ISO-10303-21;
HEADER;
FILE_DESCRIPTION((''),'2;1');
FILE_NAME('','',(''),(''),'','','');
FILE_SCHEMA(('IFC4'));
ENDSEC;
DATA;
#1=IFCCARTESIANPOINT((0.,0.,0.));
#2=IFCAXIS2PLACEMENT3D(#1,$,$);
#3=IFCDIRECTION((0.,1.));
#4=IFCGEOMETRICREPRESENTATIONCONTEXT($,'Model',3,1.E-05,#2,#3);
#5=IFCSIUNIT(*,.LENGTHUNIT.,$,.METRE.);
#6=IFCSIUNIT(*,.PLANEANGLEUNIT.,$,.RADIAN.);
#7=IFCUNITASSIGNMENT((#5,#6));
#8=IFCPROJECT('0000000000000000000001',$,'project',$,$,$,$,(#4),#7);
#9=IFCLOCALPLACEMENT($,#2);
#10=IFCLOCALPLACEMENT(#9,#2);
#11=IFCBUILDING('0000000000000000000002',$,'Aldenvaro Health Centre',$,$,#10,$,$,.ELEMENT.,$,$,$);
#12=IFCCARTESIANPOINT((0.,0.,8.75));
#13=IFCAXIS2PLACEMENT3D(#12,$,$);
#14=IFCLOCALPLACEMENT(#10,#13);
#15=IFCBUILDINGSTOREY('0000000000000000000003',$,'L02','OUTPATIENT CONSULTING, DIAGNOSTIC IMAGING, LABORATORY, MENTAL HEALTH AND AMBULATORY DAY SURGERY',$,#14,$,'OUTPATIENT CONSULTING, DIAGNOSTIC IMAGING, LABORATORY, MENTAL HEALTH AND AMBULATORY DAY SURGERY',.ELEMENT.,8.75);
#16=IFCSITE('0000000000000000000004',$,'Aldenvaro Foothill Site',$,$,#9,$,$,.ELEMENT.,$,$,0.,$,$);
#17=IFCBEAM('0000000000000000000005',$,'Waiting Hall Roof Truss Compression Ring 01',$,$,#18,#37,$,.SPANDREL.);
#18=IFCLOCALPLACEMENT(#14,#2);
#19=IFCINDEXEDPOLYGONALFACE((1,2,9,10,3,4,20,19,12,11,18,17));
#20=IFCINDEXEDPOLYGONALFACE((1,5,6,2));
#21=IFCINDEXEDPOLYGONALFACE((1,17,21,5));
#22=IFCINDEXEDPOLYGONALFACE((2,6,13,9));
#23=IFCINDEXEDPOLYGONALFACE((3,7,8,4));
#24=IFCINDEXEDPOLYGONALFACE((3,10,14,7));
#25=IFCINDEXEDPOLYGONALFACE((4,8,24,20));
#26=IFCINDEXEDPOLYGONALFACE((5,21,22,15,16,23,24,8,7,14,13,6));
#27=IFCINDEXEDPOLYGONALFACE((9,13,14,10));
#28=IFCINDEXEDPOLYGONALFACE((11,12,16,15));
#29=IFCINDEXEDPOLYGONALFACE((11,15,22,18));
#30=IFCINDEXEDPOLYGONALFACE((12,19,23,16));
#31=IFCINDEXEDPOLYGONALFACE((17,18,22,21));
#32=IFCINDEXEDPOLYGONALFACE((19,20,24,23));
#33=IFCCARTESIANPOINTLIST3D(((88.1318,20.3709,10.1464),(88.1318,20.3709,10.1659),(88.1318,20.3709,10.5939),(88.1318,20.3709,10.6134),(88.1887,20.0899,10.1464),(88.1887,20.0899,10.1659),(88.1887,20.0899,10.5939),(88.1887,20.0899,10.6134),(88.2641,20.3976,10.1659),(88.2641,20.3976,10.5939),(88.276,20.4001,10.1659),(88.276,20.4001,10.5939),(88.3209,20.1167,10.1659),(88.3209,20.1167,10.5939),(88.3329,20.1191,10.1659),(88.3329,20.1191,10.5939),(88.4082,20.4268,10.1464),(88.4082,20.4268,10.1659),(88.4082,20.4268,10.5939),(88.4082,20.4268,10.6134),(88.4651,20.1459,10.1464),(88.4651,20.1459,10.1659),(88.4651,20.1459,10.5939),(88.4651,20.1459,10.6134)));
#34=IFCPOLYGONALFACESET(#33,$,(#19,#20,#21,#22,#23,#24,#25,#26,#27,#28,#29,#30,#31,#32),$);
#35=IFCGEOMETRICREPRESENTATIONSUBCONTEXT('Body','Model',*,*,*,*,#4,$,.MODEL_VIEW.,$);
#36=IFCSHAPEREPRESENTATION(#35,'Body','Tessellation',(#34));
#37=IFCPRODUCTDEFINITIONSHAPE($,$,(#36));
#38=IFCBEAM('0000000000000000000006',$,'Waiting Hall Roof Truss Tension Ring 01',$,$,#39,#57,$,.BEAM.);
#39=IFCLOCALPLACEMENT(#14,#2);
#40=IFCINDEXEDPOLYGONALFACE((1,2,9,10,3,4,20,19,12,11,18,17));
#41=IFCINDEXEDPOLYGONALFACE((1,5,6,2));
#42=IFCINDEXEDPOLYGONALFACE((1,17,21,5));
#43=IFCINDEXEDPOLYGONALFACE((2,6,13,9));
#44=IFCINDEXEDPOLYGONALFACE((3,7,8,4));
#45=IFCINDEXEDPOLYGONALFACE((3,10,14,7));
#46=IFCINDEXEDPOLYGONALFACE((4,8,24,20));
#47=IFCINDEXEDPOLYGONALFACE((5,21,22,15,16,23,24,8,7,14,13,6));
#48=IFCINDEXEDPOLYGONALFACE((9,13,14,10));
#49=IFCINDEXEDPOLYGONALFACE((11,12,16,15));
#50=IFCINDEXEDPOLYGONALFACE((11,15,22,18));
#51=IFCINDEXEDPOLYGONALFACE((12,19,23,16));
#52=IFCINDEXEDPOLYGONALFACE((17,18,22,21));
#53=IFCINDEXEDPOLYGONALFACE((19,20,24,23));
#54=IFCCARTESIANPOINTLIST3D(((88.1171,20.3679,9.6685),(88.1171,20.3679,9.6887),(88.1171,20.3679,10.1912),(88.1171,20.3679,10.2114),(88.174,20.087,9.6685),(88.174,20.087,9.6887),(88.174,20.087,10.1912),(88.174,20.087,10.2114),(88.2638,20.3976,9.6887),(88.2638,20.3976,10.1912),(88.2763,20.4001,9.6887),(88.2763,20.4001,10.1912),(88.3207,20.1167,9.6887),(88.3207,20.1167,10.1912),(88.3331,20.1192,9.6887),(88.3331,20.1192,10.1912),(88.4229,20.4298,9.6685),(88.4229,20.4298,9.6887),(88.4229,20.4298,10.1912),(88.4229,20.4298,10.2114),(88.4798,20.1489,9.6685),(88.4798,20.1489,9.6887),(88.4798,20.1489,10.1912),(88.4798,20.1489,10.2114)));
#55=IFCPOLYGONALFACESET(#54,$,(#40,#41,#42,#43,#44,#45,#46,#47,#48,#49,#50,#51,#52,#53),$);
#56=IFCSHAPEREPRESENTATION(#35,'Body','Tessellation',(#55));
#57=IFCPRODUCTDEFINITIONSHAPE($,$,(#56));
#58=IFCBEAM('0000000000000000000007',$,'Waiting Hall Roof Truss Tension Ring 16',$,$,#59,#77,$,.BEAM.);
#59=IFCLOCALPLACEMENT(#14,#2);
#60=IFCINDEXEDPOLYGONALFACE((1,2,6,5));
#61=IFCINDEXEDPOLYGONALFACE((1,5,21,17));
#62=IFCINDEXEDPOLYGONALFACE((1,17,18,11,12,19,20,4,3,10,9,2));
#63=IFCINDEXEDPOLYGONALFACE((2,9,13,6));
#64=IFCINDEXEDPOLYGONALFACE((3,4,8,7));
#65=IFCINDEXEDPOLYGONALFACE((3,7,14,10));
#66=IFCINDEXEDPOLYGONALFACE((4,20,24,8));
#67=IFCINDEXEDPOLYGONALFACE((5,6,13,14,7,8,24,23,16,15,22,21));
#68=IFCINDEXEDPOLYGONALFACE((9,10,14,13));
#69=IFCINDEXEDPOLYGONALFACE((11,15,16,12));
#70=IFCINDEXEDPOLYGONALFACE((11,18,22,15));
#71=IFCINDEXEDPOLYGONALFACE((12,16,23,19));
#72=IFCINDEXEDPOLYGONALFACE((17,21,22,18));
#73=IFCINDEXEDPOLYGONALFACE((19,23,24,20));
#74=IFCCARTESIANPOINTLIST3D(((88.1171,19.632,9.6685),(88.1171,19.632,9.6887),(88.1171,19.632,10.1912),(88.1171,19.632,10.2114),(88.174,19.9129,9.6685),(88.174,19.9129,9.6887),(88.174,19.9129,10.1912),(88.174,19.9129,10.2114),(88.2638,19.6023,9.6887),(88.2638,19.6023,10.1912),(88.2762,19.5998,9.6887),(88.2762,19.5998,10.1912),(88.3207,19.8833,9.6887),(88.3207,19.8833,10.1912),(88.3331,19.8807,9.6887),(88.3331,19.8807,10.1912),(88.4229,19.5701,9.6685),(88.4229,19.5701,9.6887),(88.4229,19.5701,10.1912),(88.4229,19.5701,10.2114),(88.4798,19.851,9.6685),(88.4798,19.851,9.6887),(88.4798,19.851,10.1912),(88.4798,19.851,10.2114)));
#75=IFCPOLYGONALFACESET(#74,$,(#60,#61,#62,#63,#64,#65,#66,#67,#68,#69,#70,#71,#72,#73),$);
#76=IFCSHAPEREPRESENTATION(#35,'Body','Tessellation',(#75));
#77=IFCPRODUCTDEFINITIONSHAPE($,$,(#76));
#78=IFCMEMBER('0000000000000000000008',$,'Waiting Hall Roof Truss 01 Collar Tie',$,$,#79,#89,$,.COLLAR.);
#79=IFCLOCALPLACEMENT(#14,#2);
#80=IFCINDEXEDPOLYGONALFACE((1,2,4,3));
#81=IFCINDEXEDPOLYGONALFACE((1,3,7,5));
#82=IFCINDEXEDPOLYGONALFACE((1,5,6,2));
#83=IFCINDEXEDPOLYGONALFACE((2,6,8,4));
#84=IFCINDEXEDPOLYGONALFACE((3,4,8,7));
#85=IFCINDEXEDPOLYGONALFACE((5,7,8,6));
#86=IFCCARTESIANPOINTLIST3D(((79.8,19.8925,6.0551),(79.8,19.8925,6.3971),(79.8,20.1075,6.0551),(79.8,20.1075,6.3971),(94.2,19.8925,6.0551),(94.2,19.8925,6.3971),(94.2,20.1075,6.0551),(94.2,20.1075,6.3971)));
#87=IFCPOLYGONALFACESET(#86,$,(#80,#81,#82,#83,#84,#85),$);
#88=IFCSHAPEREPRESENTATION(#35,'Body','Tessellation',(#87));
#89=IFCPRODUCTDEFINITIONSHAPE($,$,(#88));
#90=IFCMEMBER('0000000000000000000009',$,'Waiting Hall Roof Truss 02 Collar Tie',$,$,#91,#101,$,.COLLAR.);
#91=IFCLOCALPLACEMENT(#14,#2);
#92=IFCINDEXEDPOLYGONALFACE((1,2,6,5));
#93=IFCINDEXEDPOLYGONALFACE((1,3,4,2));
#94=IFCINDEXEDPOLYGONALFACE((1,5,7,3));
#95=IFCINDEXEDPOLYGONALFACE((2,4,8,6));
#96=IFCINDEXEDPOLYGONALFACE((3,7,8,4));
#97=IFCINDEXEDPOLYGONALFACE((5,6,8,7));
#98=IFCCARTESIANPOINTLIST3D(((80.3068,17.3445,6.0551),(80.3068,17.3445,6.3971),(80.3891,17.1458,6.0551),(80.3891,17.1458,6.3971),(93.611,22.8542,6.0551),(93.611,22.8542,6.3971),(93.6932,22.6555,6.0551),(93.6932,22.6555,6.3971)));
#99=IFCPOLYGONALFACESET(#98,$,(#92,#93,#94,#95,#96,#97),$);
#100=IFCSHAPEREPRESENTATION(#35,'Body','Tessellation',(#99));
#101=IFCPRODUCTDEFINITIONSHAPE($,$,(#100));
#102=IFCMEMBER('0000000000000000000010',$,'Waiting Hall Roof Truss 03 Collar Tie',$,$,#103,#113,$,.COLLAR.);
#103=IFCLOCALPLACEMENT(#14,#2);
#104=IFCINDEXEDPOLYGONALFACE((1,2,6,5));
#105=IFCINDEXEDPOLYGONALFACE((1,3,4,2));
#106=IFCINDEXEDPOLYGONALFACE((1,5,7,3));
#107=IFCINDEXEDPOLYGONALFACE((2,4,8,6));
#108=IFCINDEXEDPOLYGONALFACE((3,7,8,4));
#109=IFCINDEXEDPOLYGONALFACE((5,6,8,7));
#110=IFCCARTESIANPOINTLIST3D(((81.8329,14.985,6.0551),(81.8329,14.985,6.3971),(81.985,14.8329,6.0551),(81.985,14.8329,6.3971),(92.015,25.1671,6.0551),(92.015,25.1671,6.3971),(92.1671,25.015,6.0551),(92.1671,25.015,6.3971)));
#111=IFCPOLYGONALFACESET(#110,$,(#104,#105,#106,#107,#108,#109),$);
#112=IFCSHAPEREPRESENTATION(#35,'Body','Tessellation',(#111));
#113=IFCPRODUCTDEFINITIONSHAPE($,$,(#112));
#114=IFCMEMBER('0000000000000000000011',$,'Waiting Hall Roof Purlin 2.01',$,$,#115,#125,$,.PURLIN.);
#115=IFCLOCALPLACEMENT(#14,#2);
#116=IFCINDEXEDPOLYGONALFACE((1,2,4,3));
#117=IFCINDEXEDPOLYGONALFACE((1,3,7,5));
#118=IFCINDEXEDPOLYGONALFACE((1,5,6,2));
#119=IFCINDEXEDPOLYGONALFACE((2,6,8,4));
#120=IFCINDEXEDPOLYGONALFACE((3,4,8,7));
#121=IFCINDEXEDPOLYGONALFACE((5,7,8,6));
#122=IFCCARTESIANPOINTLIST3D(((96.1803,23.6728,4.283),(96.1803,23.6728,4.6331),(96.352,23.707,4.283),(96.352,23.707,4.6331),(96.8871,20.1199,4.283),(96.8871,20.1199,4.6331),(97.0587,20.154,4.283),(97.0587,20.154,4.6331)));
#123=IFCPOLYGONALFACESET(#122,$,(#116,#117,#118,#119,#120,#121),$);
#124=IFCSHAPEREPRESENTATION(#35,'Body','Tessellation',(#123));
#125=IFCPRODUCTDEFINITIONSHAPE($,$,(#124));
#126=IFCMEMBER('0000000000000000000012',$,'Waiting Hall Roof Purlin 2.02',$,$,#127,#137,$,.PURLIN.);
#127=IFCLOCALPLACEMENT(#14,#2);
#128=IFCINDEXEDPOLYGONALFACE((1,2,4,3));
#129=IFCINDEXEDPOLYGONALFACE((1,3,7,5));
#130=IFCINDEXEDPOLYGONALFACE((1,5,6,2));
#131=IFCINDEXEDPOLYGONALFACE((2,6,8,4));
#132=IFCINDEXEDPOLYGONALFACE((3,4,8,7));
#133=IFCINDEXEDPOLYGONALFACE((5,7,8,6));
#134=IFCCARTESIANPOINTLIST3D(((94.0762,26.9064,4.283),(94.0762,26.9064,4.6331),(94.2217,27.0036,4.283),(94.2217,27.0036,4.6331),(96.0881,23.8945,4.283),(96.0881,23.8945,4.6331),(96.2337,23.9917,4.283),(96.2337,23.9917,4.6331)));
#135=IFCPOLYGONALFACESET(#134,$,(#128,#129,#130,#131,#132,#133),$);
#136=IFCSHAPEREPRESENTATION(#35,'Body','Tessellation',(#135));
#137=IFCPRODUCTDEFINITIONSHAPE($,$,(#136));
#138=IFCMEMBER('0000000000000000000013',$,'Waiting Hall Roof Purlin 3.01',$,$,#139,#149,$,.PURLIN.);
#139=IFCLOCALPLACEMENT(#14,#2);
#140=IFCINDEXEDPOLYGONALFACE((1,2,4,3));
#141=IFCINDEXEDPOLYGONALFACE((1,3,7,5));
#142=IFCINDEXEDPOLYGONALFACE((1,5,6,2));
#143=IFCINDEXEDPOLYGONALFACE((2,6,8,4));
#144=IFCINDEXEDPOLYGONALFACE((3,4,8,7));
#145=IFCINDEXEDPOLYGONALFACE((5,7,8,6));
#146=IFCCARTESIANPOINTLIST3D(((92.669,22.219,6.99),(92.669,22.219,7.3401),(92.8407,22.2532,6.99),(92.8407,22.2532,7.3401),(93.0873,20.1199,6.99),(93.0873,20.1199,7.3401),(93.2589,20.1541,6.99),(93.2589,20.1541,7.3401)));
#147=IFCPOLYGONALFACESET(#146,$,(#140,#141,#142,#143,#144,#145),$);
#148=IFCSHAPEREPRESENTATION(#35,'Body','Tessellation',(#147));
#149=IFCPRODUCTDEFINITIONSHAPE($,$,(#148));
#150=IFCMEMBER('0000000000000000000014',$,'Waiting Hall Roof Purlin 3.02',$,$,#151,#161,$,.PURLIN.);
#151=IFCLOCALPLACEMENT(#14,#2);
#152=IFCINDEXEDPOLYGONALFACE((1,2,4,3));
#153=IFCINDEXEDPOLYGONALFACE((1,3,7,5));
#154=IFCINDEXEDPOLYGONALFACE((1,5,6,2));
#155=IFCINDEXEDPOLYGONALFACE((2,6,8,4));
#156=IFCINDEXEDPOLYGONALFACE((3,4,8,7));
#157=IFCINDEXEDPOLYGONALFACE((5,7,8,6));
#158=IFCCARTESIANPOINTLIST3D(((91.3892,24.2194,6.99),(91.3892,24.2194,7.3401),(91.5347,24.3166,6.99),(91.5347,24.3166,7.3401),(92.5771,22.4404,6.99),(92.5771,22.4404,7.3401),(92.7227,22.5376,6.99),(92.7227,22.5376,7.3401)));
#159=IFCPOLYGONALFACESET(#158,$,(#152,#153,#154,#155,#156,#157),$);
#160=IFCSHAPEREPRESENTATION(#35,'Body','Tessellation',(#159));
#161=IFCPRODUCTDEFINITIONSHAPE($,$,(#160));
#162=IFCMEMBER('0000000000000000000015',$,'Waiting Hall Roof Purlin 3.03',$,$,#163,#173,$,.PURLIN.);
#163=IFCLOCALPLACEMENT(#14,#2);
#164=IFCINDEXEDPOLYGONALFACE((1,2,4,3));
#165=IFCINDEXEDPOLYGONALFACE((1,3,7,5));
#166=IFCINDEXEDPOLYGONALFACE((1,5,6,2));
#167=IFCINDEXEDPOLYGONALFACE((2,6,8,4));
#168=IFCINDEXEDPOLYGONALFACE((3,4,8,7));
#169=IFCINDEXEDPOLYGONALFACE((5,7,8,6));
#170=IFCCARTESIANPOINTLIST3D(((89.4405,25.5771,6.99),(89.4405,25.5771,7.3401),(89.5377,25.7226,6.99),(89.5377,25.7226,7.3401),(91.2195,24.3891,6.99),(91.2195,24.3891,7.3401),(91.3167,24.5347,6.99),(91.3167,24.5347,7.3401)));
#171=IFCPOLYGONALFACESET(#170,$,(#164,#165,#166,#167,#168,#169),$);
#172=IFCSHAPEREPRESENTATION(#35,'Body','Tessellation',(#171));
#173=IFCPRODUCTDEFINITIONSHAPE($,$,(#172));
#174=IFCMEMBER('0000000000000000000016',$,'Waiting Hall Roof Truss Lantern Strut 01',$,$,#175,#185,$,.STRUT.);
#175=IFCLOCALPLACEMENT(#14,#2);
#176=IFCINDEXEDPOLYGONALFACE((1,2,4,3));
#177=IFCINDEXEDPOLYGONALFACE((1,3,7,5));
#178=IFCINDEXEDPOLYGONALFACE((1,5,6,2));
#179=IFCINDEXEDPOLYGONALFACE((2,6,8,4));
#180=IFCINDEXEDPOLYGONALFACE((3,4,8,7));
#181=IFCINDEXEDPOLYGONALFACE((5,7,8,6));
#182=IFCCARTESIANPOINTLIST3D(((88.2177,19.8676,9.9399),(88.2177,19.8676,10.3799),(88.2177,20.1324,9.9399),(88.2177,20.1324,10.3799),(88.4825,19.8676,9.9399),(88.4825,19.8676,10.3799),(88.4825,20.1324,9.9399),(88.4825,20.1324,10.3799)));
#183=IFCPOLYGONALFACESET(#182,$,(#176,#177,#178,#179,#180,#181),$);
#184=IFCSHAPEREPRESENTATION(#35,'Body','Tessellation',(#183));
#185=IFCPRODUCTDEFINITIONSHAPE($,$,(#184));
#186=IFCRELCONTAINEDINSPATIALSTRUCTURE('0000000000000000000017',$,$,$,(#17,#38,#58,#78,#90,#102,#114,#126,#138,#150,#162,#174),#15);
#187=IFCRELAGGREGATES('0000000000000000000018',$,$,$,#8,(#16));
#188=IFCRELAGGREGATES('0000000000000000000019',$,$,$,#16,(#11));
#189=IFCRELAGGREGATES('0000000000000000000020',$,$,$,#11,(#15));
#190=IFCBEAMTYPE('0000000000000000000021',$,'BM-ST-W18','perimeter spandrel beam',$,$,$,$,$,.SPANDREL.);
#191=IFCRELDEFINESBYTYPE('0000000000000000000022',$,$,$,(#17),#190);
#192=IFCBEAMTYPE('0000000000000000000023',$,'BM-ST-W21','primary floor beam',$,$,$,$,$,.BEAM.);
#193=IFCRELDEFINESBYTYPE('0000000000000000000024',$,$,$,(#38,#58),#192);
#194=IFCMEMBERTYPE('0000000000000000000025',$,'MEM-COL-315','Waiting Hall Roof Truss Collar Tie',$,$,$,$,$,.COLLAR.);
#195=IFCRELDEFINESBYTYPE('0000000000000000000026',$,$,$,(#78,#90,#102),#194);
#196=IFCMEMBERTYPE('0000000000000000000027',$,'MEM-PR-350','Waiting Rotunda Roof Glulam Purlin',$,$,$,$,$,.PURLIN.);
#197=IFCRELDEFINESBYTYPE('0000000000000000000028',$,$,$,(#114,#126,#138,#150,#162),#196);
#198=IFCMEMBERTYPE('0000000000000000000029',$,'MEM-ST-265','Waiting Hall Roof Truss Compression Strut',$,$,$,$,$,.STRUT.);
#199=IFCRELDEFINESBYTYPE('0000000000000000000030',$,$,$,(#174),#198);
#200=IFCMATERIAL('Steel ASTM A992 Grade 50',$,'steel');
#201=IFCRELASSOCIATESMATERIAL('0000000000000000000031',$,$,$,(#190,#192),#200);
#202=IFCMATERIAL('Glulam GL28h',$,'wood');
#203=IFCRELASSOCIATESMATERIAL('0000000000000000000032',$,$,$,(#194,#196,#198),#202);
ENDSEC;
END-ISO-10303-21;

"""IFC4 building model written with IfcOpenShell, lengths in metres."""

from ifc_helpers import new_model, si_unit, direction, frame, origin, origin_2d, place, context, subcontext, project, spatial, rectangle, i_section, extrude, material, material_profile, profile_set, type_object, element, save


model = new_model("IFC4")

# Units and contexts
model_context = context("Model", 3, precision=1e-05, world=origin(), true_north=direction((0.0, 1.0)))
body_context = subcontext(model_context, "Body", "Model", "MODEL_VIEW")
ifc_project = project(units=[si_unit("LENGTHUNIT", "METRE"), si_unit("PLANEANGLEUNIT", "RADIAN")], contexts=[model_context])

# Site, building, storey
site_placement = place(None, origin())
site = spatial("IfcSite", under=ifc_project, at=site_placement, Name="Aldenvaro Foothill Site", CompositionType="ELEMENT", RefElevation=0.0)
building_placement = place(site_placement, origin())
building = spatial("IfcBuilding", under=site, at=building_placement, Name="Aldenvaro Health Centre", CompositionType="ELEMENT")
storey_placement = place(building_placement, frame((0.0, 0.0, 8.75)))
storey = spatial("IfcBuildingStorey", under=building, at=storey_placement, Name="L02", Description="OUTPATIENT CONSULTING, DIAGNOSTIC IMAGING, LABORATORY, MENTAL HEALTH AND AMBULATORY DAY SURGERY", LongName="OUTPATIENT CONSULTING, DIAGNOSTIC IMAGING, LABORATORY, MENTAL HEALTH AND AMBULATORY DAY SURGERY", CompositionType="ELEMENT", Elevation=8.75)

# Beams
ifc_material_1 = material(Name="Steel ASTM A992 Grade 50", Category="steel")
ifc_material_profile_1 = material_profile(ifc_material_1, i_section(OverallWidth=0.282, OverallDepth=0.467, WebThickness=0.0122, FlangeThickness=0.0195, at=origin_2d()), Name="W18X86", Category="steel")
ifc_profile_set_1 = profile_set([ifc_material_profile_1], Name="Steel ASTM A992 Grade 50")
beam_type_1 = type_object("IfcBeamType", Name="BM-ST-W18", Description="perimeter spandrel beam", PredefinedType="SPANDREL", material=ifc_profile_set_1)
beam_placement = place(storey_placement, frame((88.3269, 20.1179, 10.3799), z_axis=(-0.198408, 0.980119, 0.0), x_axis=(-0.980119, -0.198408, 0.0)))
element("IfcBeam", 1, at=beam_placement, inside=storey, type_object=beam_type_1, Name="Waiting Hall Roof Truss Compression Ring 01", PredefinedType="SPANDREL", context=body_context, shape_type="SweptSolid", body=[
    extrude(i_section(OverallWidth=0.282, OverallDepth=0.467, WebThickness=0.0122, FlangeThickness=0.0195, at=origin_2d()), origin(), (0.0, 0.0, 1.0), 0.2866),
])
ifc_material_profile_2 = material_profile(ifc_material_1, i_section(OverallWidth=0.312, OverallDepth=0.543, WebThickness=0.0127, FlangeThickness=0.0203, at=origin_2d()), Name="W21X101", Category="steel")
ifc_profile_set_2 = profile_set([ifc_material_profile_2], Name="Steel ASTM A992 Grade 50")
beam_type_2 = type_object("IfcBeamType", Name="BM-ST-W21", Description="primary floor beam", PredefinedType="BEAM", material=ifc_profile_set_2)
for number, where, z_axis, x_axis, name in (
    (2, (88.3269, 20.1179, 9.9399), (-0.198408, 0.980119, 0.0), (-0.980119, -0.198408, 0.0), "Waiting Hall Roof Truss Tension Ring 01"),
    (3, (88.27, 19.6011, 9.9399), (0.198408, 0.980119, 0.0), (-0.980119, 0.198408, 0.0), "Waiting Hall Roof Truss Tension Ring 16"),
):
    element("IfcBeam", number, at=place(storey_placement, frame(where, z_axis=z_axis, x_axis=x_axis)), inside=storey, type_object=beam_type_2, Name=name, PredefinedType="BEAM", context=body_context, shape_type="SweptSolid", body=[
        extrude(i_section(OverallWidth=0.312, OverallDepth=0.543, WebThickness=0.0127, FlangeThickness=0.0203, at=origin_2d()), origin(), (0.0, 0.0, 1.0), 0.2866),
    ])

# Members
ifc_material_2 = material(Name="Glulam GL28h", Category="wood")
ifc_material_profile_3 = material_profile(ifc_material_2, rectangle(XDim=0.2151, YDim=0.342, at=origin_2d()), Name="GL 215x342", Category="wood")
ifc_profile_set_3 = profile_set([ifc_material_profile_3], Name="Glulam GL28h")
member_type_1 = type_object("IfcMemberType", Name="MEM-COL-315", Description="Waiting Hall Roof Truss Collar Tie", PredefinedType="COLLAR", material=ifc_profile_set_3)
for number, where, z_axis, x_axis, name in (
    (4, (94.2, 20.0, 6.2261), (-1.0, 0.0, 0.0), (0.0, -1.0, 0.0), "Waiting Hall Roof Truss 01 Collar Tie"),
    (5, (93.6521, 22.7549, 6.2261), (-0.923904, -0.382623, 0.0), (0.382623, -0.923904, 0.0), "Waiting Hall Roof Truss 02 Collar Tie"),
):
    element("IfcMember", number, at=place(storey_placement, frame(where, z_axis=z_axis, x_axis=x_axis)), inside=storey, type_object=member_type_1, Name=name, PredefinedType="COLLAR", context=body_context, shape_type="SweptSolid", body=[
        extrude(rectangle(XDim=0.2151, YDim=0.342, at=origin_2d()), origin(), (0.0, 0.0, 1.0), 14.3999),
    ])
member_1_placement = place(storey_placement, frame((92.0911, 25.0911, 6.2261), z_axis=(-0.707107, -0.707107, 0.0), x_axis=(0.707107, -0.707107, 0.0)))
element("IfcMember", 6, at=member_1_placement, inside=storey, type_object=member_type_1, Name="Waiting Hall Roof Truss 03 Collar Tie", PredefinedType="COLLAR", context=body_context, shape_type="SweptSolid", body=[
    extrude(rectangle(XDim=0.2151, YDim=0.342, at=origin_2d()), origin(), (0.0, 0.0, 1.0), 14.3997),
])
ifc_material_profile_4 = material_profile(ifc_material_2, rectangle(XDim=0.175, YDim=0.3501, at=origin_2d()), Name="GL 175x350", Category="wood")
ifc_profile_set_4 = profile_set([ifc_material_profile_4], Name="Glulam GL28h")
member_type_2 = type_object("IfcMemberType", Name="MEM-PR-350", Description="Waiting Rotunda Roof Glulam Purlin", PredefinedType="PURLIN", material=ifc_profile_set_4)
member_2_placement = place(storey_placement, frame((96.9729, 20.137, 4.458), z_axis=(-0.195105, 0.980782, 0.0), x_axis=(-0.980782, -0.195105, 0.0)))
element("IfcMember", 7, at=member_2_placement, inside=storey, type_object=member_type_2, Name="Waiting Hall Roof Purlin 2.01", PredefinedType="PURLIN", context=body_context, shape_type="SweptSolid", body=[
    extrude(rectangle(XDim=0.175, YDim=0.3501, at=origin_2d()), origin(), (0.0, 0.0, 1.0), 3.6226),
])
member_3_placement = place(storey_placement, frame((96.1609, 23.9431, 4.458), z_axis=(-0.555462, 0.831542, 0.0), x_axis=(-0.831542, -0.555462, 0.0)))
element("IfcMember", 8, at=member_3_placement, inside=storey, type_object=member_type_2, Name="Waiting Hall Roof Purlin 2.02", PredefinedType="PURLIN", context=body_context, shape_type="SweptSolid", body=[
    extrude(rectangle(XDim=0.175, YDim=0.3501, at=origin_2d()), origin(), (0.0, 0.0, 1.0), 3.6221),
])
member_4_placement = place(storey_placement, frame((93.1731, 20.137, 7.165), z_axis=(-0.195392, 0.980725, 0.0), x_axis=(-0.980725, -0.195392, 0.0)))
element("IfcMember", 9, at=member_4_placement, inside=storey, type_object=member_type_2, Name="Waiting Hall Roof Purlin 3.01", PredefinedType="PURLIN", context=body_context, shape_type="SweptSolid", body=[
    extrude(rectangle(XDim=0.175, YDim=0.3501, at=origin_2d()), origin(), (0.0, 0.0, 1.0), 2.1404),
])
for number, where, z_axis, x_axis, name in (
    (10, (92.6499, 22.489, 7.165), (-0.555332, 0.831629, 0.0), (-0.831629, -0.555332, 0.0), "Waiting Hall Roof Purlin 3.02"),
    (11, (91.2681, 24.4619, 7.165), (-0.831629, 0.555332, 0.0), (-0.555332, -0.831629, 0.0), "Waiting Hall Roof Purlin 3.03"),
):
    element("IfcMember", number, at=place(storey_placement, frame(where, z_axis=z_axis, x_axis=x_axis)), inside=storey, type_object=member_type_2, Name=name, PredefinedType="PURLIN", context=body_context, shape_type="SweptSolid", body=[
        extrude(rectangle(XDim=0.175, YDim=0.3501, at=origin_2d()), origin(), (0.0, 0.0, 1.0), 2.1392),
    ])
ifc_material_profile_5 = material_profile(ifc_material_2, rectangle(XDim=0.2649, YDim=0.2649, at=origin_2d()), Name="GL 265x265", Category="wood")
ifc_profile_set_5 = profile_set([ifc_material_profile_5], Name="Glulam GL28h")
member_type_3 = type_object("IfcMemberType", Name="MEM-ST-265", Description="Waiting Hall Roof Truss Compression Strut", PredefinedType="STRUT", material=ifc_profile_set_5)
member_5_placement = place(storey_placement, frame((88.3501, 20.0, 9.9399), z_axis=(0.0, 0.0, 1.0), x_axis=(1.0, 0.0, 0.0)))
element("IfcMember", 12, at=member_5_placement, inside=storey, type_object=member_type_3, Name="Waiting Hall Roof Truss Lantern Strut 01", PredefinedType="STRUT", context=body_context, shape_type="SweptSolid", body=[
    extrude(rectangle(XDim=0.2649, YDim=0.2649, at=origin_2d()), origin(), (0.0, 0.0, 1.0), 0.4399),
])

save(model, "model.ifc")
